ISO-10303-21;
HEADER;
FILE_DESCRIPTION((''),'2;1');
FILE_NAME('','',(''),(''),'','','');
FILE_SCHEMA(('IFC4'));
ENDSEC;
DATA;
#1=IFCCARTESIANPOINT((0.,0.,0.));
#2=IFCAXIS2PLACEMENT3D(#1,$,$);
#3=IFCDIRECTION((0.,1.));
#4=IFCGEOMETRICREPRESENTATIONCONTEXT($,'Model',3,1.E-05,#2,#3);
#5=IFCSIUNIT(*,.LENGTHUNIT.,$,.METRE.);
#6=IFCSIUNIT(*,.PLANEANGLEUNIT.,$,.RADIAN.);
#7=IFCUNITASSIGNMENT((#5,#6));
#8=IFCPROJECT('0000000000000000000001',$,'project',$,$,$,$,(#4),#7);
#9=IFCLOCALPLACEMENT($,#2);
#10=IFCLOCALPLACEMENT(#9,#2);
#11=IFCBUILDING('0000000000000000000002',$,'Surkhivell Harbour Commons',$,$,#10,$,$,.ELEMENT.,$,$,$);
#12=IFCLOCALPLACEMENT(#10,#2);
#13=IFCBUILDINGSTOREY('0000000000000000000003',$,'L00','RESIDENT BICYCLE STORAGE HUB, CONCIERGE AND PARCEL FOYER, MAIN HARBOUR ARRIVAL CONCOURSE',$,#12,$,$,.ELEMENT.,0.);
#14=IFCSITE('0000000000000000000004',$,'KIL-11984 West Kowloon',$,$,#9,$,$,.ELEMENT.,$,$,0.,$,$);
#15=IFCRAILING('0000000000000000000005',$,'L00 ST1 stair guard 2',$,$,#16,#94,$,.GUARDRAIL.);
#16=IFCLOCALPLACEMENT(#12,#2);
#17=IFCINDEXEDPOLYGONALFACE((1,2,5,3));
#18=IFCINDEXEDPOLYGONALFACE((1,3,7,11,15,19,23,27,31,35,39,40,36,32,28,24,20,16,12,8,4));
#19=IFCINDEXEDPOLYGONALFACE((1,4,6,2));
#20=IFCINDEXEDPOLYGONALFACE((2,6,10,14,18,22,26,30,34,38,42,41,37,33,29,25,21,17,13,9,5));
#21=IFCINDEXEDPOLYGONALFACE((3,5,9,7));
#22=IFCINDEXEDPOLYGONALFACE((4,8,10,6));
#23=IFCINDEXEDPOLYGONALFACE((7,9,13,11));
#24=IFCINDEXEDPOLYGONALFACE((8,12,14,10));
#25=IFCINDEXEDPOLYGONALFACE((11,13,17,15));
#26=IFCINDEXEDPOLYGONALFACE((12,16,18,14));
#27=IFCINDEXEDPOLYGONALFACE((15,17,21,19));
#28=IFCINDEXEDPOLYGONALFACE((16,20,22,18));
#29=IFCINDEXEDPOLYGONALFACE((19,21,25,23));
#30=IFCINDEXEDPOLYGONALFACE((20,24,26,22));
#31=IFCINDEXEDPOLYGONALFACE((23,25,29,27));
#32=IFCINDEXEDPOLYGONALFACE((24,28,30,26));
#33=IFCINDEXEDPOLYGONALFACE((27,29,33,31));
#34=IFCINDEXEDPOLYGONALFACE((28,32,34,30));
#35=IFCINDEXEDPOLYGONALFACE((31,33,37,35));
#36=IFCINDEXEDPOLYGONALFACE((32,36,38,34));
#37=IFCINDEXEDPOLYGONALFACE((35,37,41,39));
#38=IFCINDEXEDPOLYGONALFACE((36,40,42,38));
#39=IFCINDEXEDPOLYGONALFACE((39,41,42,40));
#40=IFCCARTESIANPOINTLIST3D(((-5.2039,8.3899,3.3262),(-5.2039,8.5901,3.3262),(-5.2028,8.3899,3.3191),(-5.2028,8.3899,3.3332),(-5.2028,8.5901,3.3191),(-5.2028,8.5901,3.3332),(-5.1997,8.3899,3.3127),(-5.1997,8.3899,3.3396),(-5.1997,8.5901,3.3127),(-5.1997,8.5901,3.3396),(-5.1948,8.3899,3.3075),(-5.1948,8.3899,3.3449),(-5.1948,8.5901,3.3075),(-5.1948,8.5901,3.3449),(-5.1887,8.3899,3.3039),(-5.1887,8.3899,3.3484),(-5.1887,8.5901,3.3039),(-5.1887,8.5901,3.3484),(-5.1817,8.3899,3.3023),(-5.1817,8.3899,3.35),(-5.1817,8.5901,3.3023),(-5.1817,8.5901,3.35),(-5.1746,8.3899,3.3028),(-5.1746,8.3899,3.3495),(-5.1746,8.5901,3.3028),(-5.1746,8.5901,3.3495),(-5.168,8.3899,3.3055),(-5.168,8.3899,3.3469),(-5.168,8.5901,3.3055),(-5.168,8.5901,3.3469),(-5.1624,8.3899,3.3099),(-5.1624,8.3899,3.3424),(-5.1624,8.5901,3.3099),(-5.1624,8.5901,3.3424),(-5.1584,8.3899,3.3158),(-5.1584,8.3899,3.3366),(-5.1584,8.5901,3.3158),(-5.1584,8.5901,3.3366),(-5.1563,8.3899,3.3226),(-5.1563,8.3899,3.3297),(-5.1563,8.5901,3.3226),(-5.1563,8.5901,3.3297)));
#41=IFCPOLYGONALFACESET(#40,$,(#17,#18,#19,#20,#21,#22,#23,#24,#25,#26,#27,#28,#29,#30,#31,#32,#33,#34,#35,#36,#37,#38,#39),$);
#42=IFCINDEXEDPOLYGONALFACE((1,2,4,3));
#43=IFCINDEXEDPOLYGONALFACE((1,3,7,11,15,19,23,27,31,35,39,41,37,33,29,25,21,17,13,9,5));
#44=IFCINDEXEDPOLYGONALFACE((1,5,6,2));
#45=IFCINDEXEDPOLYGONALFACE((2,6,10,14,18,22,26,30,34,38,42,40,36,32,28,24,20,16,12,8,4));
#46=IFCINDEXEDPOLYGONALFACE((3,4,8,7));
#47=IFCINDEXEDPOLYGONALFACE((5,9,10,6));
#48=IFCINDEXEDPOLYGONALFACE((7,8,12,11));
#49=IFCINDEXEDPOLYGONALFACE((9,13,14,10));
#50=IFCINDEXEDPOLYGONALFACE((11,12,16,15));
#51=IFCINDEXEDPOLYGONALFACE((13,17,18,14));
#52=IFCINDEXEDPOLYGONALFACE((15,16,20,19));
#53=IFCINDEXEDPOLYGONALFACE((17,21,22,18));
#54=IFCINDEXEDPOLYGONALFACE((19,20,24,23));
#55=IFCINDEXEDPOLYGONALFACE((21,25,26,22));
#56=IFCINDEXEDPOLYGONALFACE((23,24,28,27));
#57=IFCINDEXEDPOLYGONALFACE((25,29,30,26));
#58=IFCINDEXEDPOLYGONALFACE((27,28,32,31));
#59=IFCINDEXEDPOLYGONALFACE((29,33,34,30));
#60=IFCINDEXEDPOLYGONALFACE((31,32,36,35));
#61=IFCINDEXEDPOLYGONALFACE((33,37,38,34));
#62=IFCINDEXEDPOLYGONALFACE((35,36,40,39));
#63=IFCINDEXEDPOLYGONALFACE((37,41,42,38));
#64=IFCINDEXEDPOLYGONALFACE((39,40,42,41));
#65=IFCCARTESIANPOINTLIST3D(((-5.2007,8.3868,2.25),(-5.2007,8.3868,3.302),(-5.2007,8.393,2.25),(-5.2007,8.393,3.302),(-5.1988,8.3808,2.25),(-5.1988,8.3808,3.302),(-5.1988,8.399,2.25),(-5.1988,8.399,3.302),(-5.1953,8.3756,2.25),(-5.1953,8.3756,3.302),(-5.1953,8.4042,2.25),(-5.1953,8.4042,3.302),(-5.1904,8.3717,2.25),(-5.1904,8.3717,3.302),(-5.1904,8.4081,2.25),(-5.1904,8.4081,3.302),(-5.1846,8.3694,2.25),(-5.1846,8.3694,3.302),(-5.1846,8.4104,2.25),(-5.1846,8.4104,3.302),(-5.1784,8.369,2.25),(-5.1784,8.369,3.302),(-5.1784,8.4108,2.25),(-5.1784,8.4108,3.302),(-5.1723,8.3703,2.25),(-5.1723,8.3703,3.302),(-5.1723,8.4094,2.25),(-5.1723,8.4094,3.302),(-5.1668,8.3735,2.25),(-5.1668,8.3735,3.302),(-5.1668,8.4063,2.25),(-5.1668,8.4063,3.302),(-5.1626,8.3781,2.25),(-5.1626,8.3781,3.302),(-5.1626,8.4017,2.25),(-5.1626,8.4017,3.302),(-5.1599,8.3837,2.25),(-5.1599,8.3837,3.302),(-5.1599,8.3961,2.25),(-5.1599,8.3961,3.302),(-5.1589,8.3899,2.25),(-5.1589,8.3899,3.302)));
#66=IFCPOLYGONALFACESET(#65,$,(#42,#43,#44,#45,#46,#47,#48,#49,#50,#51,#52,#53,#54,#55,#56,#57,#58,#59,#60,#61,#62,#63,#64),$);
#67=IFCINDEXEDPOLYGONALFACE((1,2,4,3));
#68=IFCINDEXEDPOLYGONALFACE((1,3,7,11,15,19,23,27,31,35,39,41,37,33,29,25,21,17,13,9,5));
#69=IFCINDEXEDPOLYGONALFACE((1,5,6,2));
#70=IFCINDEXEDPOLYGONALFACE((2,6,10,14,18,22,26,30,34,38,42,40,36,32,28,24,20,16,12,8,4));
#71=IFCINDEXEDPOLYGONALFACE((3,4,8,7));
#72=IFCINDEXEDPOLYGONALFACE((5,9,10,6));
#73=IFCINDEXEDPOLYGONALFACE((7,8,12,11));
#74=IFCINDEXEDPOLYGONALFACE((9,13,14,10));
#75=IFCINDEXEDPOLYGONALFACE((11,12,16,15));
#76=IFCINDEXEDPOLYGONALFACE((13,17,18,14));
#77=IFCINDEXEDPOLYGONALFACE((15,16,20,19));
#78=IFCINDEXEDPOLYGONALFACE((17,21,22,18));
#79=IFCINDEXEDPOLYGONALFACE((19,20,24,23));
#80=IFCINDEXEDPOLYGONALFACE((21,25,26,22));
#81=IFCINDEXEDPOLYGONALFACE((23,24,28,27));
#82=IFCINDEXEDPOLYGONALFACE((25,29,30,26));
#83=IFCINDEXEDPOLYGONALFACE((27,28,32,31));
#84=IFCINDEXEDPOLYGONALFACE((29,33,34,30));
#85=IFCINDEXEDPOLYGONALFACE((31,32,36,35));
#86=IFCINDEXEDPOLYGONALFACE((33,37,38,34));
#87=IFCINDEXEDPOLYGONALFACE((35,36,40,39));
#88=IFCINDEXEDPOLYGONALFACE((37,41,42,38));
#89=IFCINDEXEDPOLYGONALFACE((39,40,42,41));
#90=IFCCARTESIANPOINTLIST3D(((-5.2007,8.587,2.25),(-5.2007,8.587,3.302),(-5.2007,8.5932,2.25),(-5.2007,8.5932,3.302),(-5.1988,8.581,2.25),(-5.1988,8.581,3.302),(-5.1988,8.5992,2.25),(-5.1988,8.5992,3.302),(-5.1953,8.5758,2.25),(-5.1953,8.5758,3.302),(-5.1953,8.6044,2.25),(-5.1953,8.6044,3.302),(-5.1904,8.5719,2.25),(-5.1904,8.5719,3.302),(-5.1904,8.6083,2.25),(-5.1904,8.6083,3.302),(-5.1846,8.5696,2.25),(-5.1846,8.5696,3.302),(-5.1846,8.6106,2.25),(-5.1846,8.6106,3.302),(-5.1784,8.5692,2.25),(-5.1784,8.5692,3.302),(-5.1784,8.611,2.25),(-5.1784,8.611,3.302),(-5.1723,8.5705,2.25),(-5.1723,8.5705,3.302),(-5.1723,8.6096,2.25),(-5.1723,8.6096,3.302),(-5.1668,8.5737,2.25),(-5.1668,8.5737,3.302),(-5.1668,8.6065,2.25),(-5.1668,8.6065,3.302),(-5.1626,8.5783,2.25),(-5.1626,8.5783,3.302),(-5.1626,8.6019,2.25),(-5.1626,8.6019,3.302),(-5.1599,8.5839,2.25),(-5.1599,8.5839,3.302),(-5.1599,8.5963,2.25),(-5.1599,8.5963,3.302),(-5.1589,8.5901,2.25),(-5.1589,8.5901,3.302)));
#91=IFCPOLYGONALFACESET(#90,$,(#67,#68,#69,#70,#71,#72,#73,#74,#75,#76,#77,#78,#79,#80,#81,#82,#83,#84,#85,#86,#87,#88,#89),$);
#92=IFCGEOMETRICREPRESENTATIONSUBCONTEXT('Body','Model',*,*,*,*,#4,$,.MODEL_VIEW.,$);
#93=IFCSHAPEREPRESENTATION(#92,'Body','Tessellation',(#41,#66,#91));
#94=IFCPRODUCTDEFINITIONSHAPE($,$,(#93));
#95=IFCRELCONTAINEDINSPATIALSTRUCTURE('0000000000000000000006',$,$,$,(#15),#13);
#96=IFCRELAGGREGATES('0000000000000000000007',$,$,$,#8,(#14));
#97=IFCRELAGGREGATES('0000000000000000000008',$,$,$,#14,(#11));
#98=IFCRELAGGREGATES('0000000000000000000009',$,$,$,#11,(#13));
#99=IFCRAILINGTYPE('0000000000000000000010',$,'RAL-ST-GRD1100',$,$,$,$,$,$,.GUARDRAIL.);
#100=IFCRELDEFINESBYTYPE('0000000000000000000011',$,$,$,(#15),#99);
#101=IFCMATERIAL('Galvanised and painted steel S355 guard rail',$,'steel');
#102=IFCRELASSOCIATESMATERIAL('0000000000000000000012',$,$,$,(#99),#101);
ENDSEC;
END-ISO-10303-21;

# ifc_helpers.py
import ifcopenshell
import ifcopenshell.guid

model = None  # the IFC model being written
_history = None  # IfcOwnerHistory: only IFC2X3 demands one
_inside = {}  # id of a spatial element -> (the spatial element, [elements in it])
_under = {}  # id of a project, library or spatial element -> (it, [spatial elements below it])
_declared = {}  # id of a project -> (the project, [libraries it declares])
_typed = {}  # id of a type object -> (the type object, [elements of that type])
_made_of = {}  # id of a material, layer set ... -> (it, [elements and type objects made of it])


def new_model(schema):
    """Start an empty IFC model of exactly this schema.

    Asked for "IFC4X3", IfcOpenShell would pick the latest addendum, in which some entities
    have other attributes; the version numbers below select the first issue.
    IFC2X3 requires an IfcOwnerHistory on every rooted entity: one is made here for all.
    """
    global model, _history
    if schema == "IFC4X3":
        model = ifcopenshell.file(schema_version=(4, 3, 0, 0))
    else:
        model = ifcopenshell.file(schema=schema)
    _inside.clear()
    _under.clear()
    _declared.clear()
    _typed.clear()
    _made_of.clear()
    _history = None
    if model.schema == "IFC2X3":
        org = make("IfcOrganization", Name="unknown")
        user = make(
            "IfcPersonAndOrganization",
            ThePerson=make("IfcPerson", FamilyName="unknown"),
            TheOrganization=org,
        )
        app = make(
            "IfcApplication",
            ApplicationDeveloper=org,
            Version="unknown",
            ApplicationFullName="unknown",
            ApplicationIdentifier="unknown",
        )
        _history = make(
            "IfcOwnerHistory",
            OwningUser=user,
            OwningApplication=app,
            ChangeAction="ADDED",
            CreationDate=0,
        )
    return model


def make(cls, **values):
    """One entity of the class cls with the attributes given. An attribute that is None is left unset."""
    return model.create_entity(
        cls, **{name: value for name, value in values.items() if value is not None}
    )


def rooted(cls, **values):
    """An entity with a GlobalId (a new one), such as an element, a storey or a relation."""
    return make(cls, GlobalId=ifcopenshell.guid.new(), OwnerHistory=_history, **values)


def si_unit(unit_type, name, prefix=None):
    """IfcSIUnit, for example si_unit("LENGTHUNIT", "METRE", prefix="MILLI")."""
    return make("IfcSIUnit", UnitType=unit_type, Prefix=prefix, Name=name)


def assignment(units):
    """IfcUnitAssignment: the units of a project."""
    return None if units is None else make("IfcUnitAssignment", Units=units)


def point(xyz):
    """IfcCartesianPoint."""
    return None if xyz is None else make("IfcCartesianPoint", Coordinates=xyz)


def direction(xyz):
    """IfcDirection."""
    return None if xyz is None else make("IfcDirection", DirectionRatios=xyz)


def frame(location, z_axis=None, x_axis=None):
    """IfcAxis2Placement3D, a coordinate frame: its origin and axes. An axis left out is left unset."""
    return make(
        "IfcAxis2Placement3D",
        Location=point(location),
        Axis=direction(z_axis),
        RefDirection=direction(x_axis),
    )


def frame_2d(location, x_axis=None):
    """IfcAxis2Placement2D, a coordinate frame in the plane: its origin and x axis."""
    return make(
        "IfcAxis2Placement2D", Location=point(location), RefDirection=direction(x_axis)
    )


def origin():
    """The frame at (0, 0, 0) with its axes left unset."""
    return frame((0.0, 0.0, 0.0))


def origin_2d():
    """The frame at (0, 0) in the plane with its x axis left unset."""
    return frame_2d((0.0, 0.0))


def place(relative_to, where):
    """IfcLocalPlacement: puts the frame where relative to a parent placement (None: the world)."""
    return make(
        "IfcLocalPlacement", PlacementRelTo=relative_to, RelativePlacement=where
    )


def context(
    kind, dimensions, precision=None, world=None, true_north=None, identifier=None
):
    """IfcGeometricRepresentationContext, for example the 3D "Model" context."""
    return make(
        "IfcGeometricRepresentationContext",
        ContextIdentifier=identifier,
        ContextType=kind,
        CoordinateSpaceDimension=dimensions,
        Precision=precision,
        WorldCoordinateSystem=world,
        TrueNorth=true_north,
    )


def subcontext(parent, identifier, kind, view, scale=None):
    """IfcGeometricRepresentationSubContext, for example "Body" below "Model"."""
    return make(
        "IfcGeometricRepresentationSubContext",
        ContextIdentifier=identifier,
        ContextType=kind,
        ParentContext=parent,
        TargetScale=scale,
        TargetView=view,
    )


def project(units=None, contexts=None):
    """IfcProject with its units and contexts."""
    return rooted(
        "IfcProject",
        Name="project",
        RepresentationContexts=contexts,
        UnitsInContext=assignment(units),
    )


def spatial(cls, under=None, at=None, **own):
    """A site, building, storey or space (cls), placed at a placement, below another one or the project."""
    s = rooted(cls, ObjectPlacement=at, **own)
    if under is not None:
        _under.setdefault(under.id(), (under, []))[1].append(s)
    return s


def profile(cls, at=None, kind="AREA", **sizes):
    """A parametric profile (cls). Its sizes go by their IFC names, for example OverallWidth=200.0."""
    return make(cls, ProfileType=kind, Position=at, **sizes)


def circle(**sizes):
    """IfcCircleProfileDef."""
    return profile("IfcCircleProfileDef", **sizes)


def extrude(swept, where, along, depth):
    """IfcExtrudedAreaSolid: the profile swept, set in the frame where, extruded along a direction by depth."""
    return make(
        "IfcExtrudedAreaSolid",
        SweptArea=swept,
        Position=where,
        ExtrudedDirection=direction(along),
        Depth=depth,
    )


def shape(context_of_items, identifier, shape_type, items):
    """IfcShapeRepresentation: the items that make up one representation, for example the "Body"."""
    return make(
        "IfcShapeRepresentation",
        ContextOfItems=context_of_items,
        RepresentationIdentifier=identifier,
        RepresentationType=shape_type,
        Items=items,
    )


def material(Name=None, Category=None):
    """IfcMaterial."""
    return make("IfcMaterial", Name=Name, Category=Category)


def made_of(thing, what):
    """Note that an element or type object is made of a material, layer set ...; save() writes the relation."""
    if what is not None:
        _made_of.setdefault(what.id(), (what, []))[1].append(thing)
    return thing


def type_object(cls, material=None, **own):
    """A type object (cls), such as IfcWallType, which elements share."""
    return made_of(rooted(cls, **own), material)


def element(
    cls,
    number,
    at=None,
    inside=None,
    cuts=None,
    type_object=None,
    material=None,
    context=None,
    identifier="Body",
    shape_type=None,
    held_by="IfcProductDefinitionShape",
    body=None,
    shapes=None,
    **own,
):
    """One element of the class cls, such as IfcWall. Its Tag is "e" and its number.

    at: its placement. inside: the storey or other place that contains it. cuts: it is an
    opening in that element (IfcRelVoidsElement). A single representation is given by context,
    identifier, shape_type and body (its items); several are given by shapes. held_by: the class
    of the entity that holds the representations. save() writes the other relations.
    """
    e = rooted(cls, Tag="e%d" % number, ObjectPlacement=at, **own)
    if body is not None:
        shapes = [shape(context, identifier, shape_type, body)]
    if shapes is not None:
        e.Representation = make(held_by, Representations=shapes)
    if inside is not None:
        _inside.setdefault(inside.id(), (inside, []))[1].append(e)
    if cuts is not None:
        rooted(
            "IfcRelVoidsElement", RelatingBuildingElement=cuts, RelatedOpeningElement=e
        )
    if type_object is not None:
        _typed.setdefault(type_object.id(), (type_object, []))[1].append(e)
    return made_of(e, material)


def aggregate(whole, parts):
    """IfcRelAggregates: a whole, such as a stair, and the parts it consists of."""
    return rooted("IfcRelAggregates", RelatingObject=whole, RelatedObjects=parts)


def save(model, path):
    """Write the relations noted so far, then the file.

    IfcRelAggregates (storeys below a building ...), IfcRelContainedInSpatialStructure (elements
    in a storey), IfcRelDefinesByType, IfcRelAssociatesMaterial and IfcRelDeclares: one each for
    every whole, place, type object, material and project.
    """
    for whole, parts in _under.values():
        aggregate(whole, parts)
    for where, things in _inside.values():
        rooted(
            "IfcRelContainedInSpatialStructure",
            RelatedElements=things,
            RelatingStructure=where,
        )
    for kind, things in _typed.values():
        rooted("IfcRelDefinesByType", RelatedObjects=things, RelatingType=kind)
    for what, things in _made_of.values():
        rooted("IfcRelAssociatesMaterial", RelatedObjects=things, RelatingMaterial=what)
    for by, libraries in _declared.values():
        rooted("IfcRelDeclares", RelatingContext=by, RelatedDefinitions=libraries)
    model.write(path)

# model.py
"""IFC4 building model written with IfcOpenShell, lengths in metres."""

from ifc_helpers import new_model, si_unit, direction, frame, origin, origin_2d, place, context, subcontext, project, spatial, circle, extrude, material, type_object, element, save


model = new_model("IFC4")

# Units and contexts
model_context = context("Model", 3, precision=1e-05, world=origin(), true_north=direction((0.0, 1.0)))
body_context = subcontext(model_context, "Body", "Model", "MODEL_VIEW")
ifc_project = project(units=[si_unit("LENGTHUNIT", "METRE"), si_unit("PLANEANGLEUNIT", "RADIAN")], contexts=[model_context])

# Site, building, storey
site_placement = place(None, origin())
site = spatial("IfcSite", under=ifc_project, at=site_placement, Name="KIL-11984 West Kowloon", CompositionType="ELEMENT", RefElevation=0.0)
building_placement = place(site_placement, origin())
building = spatial("IfcBuilding", under=site, at=building_placement, Name="Surkhivell Harbour Commons", CompositionType="ELEMENT")
storey_placement = place(building_placement, origin())
storey = spatial("IfcBuildingStorey", under=building, at=storey_placement, Name="L00", Description="RESIDENT BICYCLE STORAGE HUB, CONCIERGE AND PARCEL FOYER, MAIN HARBOUR ARRIVAL CONCOURSE", CompositionType="ELEMENT", Elevation=0.0)

# Railing
ifc_material_1 = material(Name="Galvanised and painted steel S355 guard rail", Category="steel")
railing_type_1 = type_object("IfcRailingType", Name="RAL-ST-GRD1100", PredefinedType="GUARDRAIL", material=ifc_material_1)
railing_1_placement = place(storey_placement, frame((-5.1799, 8.3899, 2.25)))
element("IfcRailing", 1, at=railing_1_placement, inside=storey, type_object=railing_type_1, Name="L00 ST1 stair guard 2", PredefinedType="GUARDRAIL", context=body_context, shape_type="SweptSolid", body=[
    extrude(circle(Radius=0.0239, at=origin_2d()), frame((0.0, 0.0, 1.0762), z_axis=(0.0, 1.0, 0.0), x_axis=(-1.0, 0.0, 0.0)), (0.0, 0.0, 1.0), 0.2002),
    extrude(circle(Radius=0.021, at=origin_2d()), origin(), (0.0, 0.0, 1.0), 1.052),
    extrude(circle(Radius=0.021, at=origin_2d()), frame((0.0, 0.2002, 0.0)), (0.0, 0.0, 1.0), 1.052),
])

save(model, "model.ifc")
